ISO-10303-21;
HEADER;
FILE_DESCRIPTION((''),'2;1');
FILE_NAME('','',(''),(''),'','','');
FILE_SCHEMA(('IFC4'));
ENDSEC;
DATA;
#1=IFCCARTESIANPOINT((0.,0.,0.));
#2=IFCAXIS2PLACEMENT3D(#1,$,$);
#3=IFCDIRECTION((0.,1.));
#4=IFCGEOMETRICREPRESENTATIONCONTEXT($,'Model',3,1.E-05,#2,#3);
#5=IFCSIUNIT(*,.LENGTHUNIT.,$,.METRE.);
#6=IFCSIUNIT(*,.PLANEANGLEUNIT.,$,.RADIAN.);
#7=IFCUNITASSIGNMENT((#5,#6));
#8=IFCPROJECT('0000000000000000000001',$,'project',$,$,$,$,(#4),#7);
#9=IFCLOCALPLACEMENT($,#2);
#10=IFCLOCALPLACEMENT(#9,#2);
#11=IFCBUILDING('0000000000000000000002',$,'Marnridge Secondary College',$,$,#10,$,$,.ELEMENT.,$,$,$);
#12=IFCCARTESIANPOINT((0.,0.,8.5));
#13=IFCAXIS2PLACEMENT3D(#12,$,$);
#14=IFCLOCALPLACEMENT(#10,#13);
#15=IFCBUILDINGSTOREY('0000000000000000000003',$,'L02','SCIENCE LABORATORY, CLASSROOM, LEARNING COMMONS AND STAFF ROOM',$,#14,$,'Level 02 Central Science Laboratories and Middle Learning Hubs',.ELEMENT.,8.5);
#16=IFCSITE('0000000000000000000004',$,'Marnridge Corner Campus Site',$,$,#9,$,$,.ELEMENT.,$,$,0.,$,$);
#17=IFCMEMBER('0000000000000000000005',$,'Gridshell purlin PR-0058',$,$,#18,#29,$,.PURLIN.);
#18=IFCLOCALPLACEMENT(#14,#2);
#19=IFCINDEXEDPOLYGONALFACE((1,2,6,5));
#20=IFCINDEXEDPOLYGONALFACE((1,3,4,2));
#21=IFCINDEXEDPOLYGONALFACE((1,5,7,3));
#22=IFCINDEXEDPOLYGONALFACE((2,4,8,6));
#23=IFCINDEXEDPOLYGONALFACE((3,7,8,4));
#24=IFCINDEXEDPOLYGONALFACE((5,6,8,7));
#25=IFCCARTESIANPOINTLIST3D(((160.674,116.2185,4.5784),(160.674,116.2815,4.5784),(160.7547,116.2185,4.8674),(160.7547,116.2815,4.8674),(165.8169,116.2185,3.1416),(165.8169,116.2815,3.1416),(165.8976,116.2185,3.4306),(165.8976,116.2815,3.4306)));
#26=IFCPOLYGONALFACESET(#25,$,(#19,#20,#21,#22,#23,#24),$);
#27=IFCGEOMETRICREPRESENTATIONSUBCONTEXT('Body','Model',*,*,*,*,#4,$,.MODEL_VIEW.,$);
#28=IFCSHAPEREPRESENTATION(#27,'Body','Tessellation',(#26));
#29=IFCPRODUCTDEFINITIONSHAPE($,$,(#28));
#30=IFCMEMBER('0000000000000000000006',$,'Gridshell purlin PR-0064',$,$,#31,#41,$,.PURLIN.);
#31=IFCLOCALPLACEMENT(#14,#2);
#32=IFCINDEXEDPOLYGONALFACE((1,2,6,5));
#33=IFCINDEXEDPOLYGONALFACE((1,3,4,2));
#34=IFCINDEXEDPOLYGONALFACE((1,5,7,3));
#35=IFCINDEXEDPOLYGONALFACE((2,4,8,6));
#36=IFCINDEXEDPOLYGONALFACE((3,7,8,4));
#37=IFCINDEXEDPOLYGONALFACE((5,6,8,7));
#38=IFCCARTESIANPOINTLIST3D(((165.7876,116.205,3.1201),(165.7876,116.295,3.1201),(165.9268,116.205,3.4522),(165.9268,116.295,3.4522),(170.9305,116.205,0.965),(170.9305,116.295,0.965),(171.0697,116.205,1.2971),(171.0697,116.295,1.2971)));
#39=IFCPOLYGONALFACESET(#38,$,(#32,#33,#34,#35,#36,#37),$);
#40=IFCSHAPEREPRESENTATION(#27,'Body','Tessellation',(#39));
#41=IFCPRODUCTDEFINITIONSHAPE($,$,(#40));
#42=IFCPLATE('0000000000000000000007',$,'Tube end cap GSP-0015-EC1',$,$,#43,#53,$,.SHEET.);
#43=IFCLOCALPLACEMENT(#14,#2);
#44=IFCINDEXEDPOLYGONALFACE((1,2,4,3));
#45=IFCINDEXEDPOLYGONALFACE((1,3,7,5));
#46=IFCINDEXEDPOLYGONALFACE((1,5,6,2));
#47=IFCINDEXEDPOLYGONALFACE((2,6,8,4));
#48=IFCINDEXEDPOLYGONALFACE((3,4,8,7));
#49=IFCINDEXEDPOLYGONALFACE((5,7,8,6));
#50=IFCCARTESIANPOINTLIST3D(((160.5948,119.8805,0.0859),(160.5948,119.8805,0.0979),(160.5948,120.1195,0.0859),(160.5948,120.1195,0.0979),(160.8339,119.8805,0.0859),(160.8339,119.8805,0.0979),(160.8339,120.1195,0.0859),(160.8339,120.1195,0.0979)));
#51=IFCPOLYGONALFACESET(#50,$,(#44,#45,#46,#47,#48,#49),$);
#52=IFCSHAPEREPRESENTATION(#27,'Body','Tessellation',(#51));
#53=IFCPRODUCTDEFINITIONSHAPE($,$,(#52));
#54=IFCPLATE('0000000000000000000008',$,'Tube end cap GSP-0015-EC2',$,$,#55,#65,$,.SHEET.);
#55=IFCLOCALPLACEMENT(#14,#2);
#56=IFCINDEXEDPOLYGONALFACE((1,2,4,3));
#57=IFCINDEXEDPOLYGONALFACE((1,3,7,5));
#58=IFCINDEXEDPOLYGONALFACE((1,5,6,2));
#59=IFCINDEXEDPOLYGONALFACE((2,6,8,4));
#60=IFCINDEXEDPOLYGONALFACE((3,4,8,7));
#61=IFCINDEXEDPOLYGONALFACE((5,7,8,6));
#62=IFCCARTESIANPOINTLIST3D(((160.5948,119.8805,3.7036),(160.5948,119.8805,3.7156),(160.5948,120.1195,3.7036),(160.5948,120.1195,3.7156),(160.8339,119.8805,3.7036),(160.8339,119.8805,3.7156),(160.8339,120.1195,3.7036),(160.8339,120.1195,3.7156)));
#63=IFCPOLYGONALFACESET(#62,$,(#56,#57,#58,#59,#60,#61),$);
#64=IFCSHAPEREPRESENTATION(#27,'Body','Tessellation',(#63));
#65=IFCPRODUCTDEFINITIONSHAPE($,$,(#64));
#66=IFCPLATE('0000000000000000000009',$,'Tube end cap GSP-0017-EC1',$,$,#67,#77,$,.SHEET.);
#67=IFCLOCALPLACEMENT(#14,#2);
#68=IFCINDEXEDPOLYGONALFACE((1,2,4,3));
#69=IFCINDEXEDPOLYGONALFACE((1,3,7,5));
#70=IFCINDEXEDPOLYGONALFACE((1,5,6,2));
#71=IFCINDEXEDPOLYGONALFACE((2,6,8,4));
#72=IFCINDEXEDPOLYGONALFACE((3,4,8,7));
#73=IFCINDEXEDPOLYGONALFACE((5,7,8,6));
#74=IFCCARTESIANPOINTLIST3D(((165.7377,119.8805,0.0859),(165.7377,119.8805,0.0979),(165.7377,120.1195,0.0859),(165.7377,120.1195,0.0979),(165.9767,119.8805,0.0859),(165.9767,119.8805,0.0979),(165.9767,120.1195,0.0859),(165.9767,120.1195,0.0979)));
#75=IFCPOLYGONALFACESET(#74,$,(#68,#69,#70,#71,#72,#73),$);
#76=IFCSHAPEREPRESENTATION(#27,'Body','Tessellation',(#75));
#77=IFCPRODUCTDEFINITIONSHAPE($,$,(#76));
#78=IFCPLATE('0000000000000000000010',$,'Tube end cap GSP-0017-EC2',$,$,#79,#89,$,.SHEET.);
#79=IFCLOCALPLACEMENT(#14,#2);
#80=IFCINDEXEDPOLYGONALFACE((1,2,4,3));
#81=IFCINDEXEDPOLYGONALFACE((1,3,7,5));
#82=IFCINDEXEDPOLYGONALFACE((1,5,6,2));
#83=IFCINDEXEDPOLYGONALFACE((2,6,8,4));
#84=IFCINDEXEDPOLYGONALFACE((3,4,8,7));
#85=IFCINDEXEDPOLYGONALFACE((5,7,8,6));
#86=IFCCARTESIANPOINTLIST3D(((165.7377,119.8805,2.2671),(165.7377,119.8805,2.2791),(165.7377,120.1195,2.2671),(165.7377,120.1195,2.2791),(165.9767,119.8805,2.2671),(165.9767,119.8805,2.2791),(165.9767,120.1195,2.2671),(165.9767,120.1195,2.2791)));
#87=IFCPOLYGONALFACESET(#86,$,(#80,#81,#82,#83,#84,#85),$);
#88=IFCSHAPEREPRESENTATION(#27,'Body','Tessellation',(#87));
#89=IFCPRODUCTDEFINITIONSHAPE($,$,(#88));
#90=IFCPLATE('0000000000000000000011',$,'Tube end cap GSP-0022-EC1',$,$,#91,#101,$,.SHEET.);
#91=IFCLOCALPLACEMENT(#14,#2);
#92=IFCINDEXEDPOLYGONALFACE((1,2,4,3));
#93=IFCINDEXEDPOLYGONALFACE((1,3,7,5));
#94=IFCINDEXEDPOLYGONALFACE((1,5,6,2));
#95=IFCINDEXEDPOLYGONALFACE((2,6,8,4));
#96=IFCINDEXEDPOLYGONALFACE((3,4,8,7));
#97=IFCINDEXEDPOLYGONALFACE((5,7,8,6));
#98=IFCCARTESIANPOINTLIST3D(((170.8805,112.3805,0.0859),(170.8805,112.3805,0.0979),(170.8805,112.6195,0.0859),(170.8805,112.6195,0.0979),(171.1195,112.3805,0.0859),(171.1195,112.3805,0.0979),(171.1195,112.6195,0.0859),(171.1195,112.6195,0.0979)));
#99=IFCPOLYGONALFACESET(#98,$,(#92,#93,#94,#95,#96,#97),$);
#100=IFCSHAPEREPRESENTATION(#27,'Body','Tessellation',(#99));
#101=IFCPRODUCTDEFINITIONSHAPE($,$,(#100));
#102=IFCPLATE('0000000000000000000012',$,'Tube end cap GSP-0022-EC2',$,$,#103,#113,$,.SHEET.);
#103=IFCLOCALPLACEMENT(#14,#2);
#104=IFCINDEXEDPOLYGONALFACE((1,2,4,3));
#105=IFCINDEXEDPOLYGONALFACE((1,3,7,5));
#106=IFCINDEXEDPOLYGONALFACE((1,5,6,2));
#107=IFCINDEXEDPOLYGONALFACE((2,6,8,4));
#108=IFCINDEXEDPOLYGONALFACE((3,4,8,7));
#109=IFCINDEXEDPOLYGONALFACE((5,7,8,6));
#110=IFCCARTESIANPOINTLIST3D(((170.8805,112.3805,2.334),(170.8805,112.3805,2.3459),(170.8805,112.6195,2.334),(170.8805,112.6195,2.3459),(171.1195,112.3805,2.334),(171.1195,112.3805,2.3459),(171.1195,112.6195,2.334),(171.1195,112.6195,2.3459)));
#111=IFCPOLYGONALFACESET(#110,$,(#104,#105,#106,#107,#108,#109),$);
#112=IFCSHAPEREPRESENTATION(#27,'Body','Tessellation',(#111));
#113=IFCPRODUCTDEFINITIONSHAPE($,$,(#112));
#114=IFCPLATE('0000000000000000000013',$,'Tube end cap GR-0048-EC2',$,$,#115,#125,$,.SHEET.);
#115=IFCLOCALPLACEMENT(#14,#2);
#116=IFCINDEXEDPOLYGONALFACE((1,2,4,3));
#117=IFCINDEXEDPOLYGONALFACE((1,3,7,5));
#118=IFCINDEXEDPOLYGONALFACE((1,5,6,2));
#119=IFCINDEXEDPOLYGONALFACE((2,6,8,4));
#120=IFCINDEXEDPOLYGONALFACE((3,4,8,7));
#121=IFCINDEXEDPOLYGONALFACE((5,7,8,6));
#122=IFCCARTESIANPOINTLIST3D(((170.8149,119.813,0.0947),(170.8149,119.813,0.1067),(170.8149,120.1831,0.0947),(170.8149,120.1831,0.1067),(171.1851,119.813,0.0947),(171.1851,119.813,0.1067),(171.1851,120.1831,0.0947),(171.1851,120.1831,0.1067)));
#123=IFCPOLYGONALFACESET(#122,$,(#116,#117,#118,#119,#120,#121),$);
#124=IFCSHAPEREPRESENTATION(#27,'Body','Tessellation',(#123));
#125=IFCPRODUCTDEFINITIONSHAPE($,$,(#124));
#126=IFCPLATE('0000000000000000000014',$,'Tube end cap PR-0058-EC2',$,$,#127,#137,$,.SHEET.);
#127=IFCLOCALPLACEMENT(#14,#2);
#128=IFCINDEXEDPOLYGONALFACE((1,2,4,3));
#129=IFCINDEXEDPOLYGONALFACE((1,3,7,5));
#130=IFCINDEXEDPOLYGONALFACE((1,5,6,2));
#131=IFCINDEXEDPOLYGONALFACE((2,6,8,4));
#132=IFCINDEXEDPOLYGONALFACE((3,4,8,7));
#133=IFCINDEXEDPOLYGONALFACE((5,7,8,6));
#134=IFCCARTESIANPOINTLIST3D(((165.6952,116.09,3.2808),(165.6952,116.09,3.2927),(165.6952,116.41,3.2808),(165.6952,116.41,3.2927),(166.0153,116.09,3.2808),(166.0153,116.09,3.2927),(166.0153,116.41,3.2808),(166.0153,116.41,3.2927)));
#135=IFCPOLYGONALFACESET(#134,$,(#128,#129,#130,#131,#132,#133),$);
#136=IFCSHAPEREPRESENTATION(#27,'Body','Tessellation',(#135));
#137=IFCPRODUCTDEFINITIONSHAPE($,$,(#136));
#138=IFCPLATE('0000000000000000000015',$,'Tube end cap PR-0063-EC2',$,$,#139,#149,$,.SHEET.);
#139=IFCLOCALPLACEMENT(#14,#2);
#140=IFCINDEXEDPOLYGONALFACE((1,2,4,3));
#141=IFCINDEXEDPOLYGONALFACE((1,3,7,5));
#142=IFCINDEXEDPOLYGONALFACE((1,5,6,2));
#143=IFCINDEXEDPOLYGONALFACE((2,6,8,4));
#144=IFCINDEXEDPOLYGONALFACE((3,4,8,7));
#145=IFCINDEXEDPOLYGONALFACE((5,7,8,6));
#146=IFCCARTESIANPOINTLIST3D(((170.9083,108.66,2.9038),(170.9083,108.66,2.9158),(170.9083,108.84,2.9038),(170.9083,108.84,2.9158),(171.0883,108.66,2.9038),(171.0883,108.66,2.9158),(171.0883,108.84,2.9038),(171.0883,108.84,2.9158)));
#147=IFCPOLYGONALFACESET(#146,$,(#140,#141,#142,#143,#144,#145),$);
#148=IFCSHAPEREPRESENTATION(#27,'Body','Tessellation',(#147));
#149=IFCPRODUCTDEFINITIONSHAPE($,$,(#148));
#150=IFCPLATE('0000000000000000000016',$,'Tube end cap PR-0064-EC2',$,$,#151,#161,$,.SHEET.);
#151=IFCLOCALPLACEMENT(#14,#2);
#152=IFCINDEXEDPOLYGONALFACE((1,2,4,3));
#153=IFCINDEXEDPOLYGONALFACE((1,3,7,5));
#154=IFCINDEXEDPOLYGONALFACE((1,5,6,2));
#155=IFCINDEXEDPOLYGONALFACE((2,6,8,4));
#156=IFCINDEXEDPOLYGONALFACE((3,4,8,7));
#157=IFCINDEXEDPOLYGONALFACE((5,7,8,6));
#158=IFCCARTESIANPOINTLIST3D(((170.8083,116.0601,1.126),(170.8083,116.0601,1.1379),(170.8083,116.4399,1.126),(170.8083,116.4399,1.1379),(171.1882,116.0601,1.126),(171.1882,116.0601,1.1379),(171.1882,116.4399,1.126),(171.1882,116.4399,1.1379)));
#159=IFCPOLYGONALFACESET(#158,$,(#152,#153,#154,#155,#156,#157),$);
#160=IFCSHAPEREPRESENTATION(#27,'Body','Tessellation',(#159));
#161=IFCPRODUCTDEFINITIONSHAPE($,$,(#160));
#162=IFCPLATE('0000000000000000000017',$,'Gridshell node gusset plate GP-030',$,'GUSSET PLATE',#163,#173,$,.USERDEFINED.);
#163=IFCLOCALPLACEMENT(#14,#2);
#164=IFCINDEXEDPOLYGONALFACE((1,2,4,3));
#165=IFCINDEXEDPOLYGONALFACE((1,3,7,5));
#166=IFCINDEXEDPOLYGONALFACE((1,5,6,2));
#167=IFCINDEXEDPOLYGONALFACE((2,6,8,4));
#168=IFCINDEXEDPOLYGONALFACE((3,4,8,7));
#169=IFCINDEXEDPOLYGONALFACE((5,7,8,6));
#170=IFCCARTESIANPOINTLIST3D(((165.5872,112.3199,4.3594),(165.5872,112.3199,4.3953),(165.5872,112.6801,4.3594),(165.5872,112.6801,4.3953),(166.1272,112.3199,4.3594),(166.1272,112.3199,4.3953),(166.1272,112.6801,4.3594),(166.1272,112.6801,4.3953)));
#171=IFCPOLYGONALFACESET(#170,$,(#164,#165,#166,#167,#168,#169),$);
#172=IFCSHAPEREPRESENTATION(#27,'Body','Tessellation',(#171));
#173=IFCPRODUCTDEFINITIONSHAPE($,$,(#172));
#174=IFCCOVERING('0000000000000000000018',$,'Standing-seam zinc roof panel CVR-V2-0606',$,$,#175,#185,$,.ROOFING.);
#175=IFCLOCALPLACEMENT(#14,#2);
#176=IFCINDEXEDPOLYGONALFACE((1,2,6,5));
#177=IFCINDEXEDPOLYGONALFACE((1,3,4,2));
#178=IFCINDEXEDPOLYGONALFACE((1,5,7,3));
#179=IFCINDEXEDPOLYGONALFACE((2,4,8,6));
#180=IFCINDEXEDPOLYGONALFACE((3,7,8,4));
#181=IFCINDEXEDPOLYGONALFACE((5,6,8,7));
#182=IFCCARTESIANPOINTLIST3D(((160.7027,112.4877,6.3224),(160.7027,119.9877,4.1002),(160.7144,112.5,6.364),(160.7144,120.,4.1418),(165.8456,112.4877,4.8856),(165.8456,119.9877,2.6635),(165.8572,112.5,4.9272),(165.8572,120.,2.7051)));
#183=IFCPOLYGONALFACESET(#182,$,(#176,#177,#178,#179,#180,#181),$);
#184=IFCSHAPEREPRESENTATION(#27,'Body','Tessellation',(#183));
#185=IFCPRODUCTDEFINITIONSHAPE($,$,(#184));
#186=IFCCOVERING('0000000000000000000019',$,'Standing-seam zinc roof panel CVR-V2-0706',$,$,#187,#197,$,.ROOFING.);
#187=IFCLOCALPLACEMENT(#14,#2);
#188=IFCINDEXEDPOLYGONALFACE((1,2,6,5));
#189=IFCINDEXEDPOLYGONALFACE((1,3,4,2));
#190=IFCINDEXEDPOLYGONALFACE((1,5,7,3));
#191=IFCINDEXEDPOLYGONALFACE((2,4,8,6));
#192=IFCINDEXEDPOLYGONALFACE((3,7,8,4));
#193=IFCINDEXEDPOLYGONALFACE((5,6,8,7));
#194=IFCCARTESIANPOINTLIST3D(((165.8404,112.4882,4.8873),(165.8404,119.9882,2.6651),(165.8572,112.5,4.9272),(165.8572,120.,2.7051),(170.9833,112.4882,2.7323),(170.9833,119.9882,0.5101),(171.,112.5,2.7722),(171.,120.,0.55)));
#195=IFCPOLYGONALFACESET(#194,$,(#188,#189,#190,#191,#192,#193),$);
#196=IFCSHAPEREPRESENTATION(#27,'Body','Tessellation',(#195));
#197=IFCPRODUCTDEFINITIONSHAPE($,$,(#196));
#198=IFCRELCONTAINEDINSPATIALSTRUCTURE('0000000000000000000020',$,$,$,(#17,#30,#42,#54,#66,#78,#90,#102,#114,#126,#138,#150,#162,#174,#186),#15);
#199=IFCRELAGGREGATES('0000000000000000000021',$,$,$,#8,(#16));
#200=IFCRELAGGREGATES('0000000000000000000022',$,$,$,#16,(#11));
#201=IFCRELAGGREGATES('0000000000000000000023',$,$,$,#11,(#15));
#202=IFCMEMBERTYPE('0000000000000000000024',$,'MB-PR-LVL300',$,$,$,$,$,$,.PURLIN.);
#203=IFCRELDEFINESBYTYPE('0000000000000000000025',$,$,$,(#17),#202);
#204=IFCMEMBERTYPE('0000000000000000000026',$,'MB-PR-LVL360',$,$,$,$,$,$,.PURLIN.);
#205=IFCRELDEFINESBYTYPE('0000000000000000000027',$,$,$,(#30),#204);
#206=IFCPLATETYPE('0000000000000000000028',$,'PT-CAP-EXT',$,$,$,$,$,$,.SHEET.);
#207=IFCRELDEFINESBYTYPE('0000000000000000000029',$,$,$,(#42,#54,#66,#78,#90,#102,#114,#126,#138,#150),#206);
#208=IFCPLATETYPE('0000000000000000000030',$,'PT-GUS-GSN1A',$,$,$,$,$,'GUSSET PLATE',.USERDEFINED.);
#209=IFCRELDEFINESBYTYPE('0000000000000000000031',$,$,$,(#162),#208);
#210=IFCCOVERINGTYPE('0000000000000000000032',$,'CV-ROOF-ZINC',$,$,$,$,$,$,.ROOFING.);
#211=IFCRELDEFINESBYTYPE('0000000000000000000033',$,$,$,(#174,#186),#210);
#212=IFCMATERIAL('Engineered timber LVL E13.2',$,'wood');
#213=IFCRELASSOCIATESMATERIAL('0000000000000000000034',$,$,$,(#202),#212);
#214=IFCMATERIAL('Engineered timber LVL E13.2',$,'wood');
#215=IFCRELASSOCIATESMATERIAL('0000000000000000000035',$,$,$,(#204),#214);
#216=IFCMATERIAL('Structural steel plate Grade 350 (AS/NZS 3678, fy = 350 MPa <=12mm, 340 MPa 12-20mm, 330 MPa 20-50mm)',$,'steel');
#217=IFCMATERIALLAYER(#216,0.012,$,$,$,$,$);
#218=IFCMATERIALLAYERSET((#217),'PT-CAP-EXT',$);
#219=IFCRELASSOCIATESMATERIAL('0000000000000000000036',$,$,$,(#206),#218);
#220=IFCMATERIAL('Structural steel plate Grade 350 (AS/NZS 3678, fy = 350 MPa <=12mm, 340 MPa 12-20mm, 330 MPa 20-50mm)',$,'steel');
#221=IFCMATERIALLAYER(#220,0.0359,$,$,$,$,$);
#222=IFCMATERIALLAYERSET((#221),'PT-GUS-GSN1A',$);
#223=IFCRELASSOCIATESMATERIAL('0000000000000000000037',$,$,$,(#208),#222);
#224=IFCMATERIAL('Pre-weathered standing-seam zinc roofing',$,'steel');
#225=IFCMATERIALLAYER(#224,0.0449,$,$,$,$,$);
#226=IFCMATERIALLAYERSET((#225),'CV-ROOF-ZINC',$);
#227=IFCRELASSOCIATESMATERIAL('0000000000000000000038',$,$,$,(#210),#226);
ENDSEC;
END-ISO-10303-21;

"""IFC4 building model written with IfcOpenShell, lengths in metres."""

from ifc_helpers import new_model, si_unit, direction, frame, origin, origin_2d, place, context, subcontext, project, spatial, polyline, rectangle, outline, extrude, material, layer, layer_set, material_profile, profile_set, type_object, element, save


model = new_model("IFC4")

# Units and contexts
model_context = context("Model", 3, precision=1e-05, world=origin(), true_north=direction((0.0, 1.0)))
body_context = subcontext(model_context, "Body", "Model", "MODEL_VIEW")
ifc_project = project(units=[si_unit("LENGTHUNIT", "METRE"), si_unit("PLANEANGLEUNIT", "RADIAN")], contexts=[model_context])

# Site, building, storey
site_placement = place(None, origin())
site = spatial("IfcSite", under=ifc_project, at=site_placement, Name="Marnridge Corner Campus Site", CompositionType="ELEMENT", RefElevation=0.0)
building_placement = place(site_placement, origin())
building = spatial("IfcBuilding", under=site, at=building_placement, Name="Marnridge Secondary College", CompositionType="ELEMENT")
storey_placement = place(building_placement, frame((0.0, 0.0, 8.5)))
storey = spatial("IfcBuildingStorey", under=building, at=storey_placement, Name="L02", Description="SCIENCE LABORATORY, CLASSROOM, LEARNING COMMONS AND STAFF ROOM", LongName="Level 02 Central Science Laboratories and Middle Learning Hubs", CompositionType="ELEMENT", Elevation=8.5)

# Members
ifc_material_1 = material(Name="Engineered timber LVL E13.2", Category="wood")
ifc_material_profile_1 = material_profile(ifc_material_1, rectangle(XDim=0.063, YDim=0.3, at=origin_2d()), Name="LVL 63x300")
ifc_profile_set_1 = profile_set([ifc_material_profile_1], Name="Engineered timber LVL E13.2")
member_type_1 = type_object("IfcMemberType", Name="MB-PR-LVL300", PredefinedType="PURLIN", material=ifc_profile_set_1)
member_1_placement = place(storey_placement, frame((160.7144, 116.25, 4.7229), z_axis=(0.963121, 0.0, -0.26907), x_axis=(0.0, 1.0, 0.0)))
element("IfcMember", 1, at=member_1_placement, inside=storey, type_object=member_type_1, Name="Gridshell purlin PR-0058", PredefinedType="PURLIN", context=body_context, shape_type="SweptSolid", body=[
    extrude(rectangle(XDim=0.063, YDim=0.3, at=origin_2d()), origin(), (0.0, 0.0, 1.0), 5.3398),
])
ifc_material_2 = material(Name="Engineered timber LVL E13.2", Category="wood")
ifc_material_profile_2 = material_profile(ifc_material_2, rectangle(XDim=0.0901, YDim=0.3601, at=origin_2d()), Name="LVL 90x360")
ifc_profile_set_2 = profile_set([ifc_material_profile_2], Name="Engineered timber LVL E13.2")
member_type_2 = type_object("IfcMemberType", Name="MB-PR-LVL360", PredefinedType="PURLIN", material=ifc_profile_set_2)
member_2_placement = place(storey_placement, frame((165.8572, 116.25, 3.2861), z_axis=(0.922299, 0.0, -0.386477), x_axis=(0.0, 1.0, 0.0)))
element("IfcMember", 2, at=member_2_placement, inside=storey, type_object=member_type_2, Name="Gridshell purlin PR-0064", PredefinedType="PURLIN", context=body_context, shape_type="SweptSolid", body=[
    extrude(rectangle(XDim=0.0901, YDim=0.3601, at=origin_2d()), origin(), (0.0, 0.0, 1.0), 5.5762),
])

# Plates
ifc_material_3 = material(Name="Structural steel plate Grade 350 (AS/NZS 3678, fy = 350 MPa <=12mm, 340 MPa 12-20mm, 330 MPa 20-50mm)", Category="steel")
ifc_layer_1 = layer(ifc_material_3, 0.012)
ifc_layer_set_1 = layer_set([ifc_layer_1], Name="PT-CAP-EXT")
plate_type_1 = type_object("IfcPlateType", Name="PT-CAP-EXT", PredefinedType="SHEET", material=ifc_layer_set_1)
for number, where, z_axis, x_axis, name in (
    (3, (160.7144, 120.0, 0.0859), (0.0, 0.0, 1.0), (1.0, 0.0, 0.0), "Tube end cap GSP-0015-EC1"),
    (4, (160.7144, 120.0, 3.7036), (0.0, 0.0, 1.0), (1.0, 0.0, 0.0), "Tube end cap GSP-0015-EC2"),
    (5, (165.8572, 120.0, 0.0859), (0.0, 0.0, 1.0), (1.0, 0.0, 0.0), "Tube end cap GSP-0017-EC1"),
    (6, (165.8572, 120.0, 2.2671), (0.0, 0.0, 1.0), (1.0, 0.0, 0.0), "Tube end cap GSP-0017-EC2"),
    (7, (171.0, 112.5, 0.0859), (0.0, 0.0, 1.0), (1.0, 0.0, 0.0), "Tube end cap GSP-0022-EC1"),
    (8, (171.0, 112.5, 2.334), (0.0, 0.0, 1.0), (1.0, 0.0, 0.0), "Tube end cap GSP-0022-EC2"),
):
    element("IfcPlate", number, at=place(storey_placement, frame(where, z_axis=z_axis, x_axis=x_axis)), inside=storey, type_object=plate_type_1, Name=name, PredefinedType="SHEET", context=body_context, shape_type="SweptSolid", body=[
        extrude(rectangle(XDim=0.239, YDim=0.239, at=origin_2d()), origin(), (0.0, 0.0, 1.0), 0.012),
    ])
plate_1_placement = place(storey_placement, frame((171.0, 119.998, 0.0947), z_axis=(0.0, 0.0, 1.0), x_axis=(0.0, 1.0, 0.0)))
element("IfcPlate", 9, at=plate_1_placement, inside=storey, type_object=plate_type_1, Name="Tube end cap GR-0048-EC2", PredefinedType="SHEET", context=body_context, shape_type="SweptSolid", body=[
    extrude(rectangle(XDim=0.3701, YDim=0.3701, at=origin_2d()), origin(), (0.0, 0.0, 1.0), 0.012),
])
plate_2_placement = place(storey_placement, frame((165.8552, 116.25, 3.2808), z_axis=(0.0, 0.0, 1.0), x_axis=(1.0, 0.0, 0.0)))
element("IfcPlate", 10, at=plate_2_placement, inside=storey, type_object=plate_type_1, Name="Tube end cap PR-0058-EC2", PredefinedType="SHEET", context=body_context, shape_type="SweptSolid", body=[
    extrude(rectangle(XDim=0.3201, YDim=0.3201, at=origin_2d()), origin(), (0.0, 0.0, 1.0), 0.012),
])
plate_3_placement = place(storey_placement, frame((170.9983, 108.75, 2.9038), z_axis=(0.0, 0.0, 1.0), x_axis=(1.0, 0.0, 0.0)))
element("IfcPlate", 11, at=plate_3_placement, inside=storey, type_object=plate_type_1, Name="Tube end cap PR-0063-EC2", PredefinedType="SHEET", context=body_context, shape_type="SweptSolid", body=[
    extrude(rectangle(XDim=0.1799, YDim=0.1799, at=origin_2d()), origin(), (0.0, 0.0, 1.0), 0.012),
])
plate_4_placement = place(storey_placement, frame((170.9983, 116.25, 1.126), z_axis=(0.0, 0.0, 1.0), x_axis=(1.0, 0.0, 0.0)))
element("IfcPlate", 12, at=plate_4_placement, inside=storey, type_object=plate_type_1, Name="Tube end cap PR-0064-EC2", PredefinedType="SHEET", context=body_context, shape_type="SweptSolid", body=[
    extrude(rectangle(XDim=0.3799, YDim=0.3799, at=origin_2d()), origin(), (0.0, 0.0, 1.0), 0.012),
])
ifc_material_4 = material(Name="Structural steel plate Grade 350 (AS/NZS 3678, fy = 350 MPa <=12mm, 340 MPa 12-20mm, 330 MPa 20-50mm)", Category="steel")
ifc_layer_2 = layer(ifc_material_4, 0.0359)
ifc_layer_set_2 = layer_set([ifc_layer_2], Name="PT-GUS-GSN1A")
plate_type_2 = type_object("IfcPlateType", Name="PT-GUS-GSN1A", ElementType="GUSSET PLATE", PredefinedType="USERDEFINED", material=ifc_layer_set_2)
plate_5_placement = place(storey_placement, frame((165.8572, 112.5, 4.3594), z_axis=(0.0, 0.0, 1.0), x_axis=(1.0, 0.0, 0.0)))
element("IfcPlate", 13, at=plate_5_placement, inside=storey, type_object=plate_type_2, Name="Gridshell node gusset plate GP-030", ObjectType="GUSSET PLATE", PredefinedType="USERDEFINED", context=body_context, shape_type="SweptSolid", body=[
    extrude(rectangle(XDim=0.54, YDim=0.3601, at=origin_2d()), origin(), (0.0, 0.0, 1.0), 0.0359),
])

# Coverings
ifc_material_5 = material(Name="Pre-weathered standing-seam zinc roofing", Category="steel")
ifc_layer_3 = layer(ifc_material_5, 0.0449)
ifc_layer_set_3 = layer_set([ifc_layer_3], Name="CV-ROOF-ZINC")
covering_type = type_object("IfcCoveringType", Name="CV-ROOF-ZINC", PredefinedType="ROOFING", material=ifc_layer_set_3)
covering_1_placement = place(storey_placement, frame((160.7144, 112.5, 6.364), z_axis=(0.258742, 0.274408, 0.92615), x_axis=(0.963121, 0.0, -0.26907)))
element("IfcCovering", 14, at=covering_1_placement, inside=storey, type_object=covering_type, Name="Standing-seam zinc roof panel CVR-V2-0606", PredefinedType="ROOFING", context=body_context, shape_type="SweptSolid", body=[
    extrude(outline(polyline([(0.0, 0.0), (5.3397, 0.0), (5.9377, 7.7994), (0.5979, 7.7994), (0.0, 0.0)])), origin(), (0.0, 0.0, -1.0), 0.0449),
])
covering_2_placement = place(storey_placement, frame((165.8572, 112.5, 4.9272), z_axis=(0.372808, 0.263602, 0.889679), x_axis=(0.922299, 0.0, -0.386477)))
element("IfcCovering", 15, at=covering_2_placement, inside=storey, type_object=covering_type, Name="Standing-seam zinc roof panel CVR-V2-0706", PredefinedType="ROOFING", context=body_context, shape_type="SweptSolid", body=[
    extrude(outline(polyline([(0.0, 0.0), (5.5761, 0.0), (6.4349, 7.775), (0.8588, 7.775), (0.0, 0.0)])), origin(), (0.0, 0.0, -1.0), 0.0449),
])

save(model, "model.ifc")
